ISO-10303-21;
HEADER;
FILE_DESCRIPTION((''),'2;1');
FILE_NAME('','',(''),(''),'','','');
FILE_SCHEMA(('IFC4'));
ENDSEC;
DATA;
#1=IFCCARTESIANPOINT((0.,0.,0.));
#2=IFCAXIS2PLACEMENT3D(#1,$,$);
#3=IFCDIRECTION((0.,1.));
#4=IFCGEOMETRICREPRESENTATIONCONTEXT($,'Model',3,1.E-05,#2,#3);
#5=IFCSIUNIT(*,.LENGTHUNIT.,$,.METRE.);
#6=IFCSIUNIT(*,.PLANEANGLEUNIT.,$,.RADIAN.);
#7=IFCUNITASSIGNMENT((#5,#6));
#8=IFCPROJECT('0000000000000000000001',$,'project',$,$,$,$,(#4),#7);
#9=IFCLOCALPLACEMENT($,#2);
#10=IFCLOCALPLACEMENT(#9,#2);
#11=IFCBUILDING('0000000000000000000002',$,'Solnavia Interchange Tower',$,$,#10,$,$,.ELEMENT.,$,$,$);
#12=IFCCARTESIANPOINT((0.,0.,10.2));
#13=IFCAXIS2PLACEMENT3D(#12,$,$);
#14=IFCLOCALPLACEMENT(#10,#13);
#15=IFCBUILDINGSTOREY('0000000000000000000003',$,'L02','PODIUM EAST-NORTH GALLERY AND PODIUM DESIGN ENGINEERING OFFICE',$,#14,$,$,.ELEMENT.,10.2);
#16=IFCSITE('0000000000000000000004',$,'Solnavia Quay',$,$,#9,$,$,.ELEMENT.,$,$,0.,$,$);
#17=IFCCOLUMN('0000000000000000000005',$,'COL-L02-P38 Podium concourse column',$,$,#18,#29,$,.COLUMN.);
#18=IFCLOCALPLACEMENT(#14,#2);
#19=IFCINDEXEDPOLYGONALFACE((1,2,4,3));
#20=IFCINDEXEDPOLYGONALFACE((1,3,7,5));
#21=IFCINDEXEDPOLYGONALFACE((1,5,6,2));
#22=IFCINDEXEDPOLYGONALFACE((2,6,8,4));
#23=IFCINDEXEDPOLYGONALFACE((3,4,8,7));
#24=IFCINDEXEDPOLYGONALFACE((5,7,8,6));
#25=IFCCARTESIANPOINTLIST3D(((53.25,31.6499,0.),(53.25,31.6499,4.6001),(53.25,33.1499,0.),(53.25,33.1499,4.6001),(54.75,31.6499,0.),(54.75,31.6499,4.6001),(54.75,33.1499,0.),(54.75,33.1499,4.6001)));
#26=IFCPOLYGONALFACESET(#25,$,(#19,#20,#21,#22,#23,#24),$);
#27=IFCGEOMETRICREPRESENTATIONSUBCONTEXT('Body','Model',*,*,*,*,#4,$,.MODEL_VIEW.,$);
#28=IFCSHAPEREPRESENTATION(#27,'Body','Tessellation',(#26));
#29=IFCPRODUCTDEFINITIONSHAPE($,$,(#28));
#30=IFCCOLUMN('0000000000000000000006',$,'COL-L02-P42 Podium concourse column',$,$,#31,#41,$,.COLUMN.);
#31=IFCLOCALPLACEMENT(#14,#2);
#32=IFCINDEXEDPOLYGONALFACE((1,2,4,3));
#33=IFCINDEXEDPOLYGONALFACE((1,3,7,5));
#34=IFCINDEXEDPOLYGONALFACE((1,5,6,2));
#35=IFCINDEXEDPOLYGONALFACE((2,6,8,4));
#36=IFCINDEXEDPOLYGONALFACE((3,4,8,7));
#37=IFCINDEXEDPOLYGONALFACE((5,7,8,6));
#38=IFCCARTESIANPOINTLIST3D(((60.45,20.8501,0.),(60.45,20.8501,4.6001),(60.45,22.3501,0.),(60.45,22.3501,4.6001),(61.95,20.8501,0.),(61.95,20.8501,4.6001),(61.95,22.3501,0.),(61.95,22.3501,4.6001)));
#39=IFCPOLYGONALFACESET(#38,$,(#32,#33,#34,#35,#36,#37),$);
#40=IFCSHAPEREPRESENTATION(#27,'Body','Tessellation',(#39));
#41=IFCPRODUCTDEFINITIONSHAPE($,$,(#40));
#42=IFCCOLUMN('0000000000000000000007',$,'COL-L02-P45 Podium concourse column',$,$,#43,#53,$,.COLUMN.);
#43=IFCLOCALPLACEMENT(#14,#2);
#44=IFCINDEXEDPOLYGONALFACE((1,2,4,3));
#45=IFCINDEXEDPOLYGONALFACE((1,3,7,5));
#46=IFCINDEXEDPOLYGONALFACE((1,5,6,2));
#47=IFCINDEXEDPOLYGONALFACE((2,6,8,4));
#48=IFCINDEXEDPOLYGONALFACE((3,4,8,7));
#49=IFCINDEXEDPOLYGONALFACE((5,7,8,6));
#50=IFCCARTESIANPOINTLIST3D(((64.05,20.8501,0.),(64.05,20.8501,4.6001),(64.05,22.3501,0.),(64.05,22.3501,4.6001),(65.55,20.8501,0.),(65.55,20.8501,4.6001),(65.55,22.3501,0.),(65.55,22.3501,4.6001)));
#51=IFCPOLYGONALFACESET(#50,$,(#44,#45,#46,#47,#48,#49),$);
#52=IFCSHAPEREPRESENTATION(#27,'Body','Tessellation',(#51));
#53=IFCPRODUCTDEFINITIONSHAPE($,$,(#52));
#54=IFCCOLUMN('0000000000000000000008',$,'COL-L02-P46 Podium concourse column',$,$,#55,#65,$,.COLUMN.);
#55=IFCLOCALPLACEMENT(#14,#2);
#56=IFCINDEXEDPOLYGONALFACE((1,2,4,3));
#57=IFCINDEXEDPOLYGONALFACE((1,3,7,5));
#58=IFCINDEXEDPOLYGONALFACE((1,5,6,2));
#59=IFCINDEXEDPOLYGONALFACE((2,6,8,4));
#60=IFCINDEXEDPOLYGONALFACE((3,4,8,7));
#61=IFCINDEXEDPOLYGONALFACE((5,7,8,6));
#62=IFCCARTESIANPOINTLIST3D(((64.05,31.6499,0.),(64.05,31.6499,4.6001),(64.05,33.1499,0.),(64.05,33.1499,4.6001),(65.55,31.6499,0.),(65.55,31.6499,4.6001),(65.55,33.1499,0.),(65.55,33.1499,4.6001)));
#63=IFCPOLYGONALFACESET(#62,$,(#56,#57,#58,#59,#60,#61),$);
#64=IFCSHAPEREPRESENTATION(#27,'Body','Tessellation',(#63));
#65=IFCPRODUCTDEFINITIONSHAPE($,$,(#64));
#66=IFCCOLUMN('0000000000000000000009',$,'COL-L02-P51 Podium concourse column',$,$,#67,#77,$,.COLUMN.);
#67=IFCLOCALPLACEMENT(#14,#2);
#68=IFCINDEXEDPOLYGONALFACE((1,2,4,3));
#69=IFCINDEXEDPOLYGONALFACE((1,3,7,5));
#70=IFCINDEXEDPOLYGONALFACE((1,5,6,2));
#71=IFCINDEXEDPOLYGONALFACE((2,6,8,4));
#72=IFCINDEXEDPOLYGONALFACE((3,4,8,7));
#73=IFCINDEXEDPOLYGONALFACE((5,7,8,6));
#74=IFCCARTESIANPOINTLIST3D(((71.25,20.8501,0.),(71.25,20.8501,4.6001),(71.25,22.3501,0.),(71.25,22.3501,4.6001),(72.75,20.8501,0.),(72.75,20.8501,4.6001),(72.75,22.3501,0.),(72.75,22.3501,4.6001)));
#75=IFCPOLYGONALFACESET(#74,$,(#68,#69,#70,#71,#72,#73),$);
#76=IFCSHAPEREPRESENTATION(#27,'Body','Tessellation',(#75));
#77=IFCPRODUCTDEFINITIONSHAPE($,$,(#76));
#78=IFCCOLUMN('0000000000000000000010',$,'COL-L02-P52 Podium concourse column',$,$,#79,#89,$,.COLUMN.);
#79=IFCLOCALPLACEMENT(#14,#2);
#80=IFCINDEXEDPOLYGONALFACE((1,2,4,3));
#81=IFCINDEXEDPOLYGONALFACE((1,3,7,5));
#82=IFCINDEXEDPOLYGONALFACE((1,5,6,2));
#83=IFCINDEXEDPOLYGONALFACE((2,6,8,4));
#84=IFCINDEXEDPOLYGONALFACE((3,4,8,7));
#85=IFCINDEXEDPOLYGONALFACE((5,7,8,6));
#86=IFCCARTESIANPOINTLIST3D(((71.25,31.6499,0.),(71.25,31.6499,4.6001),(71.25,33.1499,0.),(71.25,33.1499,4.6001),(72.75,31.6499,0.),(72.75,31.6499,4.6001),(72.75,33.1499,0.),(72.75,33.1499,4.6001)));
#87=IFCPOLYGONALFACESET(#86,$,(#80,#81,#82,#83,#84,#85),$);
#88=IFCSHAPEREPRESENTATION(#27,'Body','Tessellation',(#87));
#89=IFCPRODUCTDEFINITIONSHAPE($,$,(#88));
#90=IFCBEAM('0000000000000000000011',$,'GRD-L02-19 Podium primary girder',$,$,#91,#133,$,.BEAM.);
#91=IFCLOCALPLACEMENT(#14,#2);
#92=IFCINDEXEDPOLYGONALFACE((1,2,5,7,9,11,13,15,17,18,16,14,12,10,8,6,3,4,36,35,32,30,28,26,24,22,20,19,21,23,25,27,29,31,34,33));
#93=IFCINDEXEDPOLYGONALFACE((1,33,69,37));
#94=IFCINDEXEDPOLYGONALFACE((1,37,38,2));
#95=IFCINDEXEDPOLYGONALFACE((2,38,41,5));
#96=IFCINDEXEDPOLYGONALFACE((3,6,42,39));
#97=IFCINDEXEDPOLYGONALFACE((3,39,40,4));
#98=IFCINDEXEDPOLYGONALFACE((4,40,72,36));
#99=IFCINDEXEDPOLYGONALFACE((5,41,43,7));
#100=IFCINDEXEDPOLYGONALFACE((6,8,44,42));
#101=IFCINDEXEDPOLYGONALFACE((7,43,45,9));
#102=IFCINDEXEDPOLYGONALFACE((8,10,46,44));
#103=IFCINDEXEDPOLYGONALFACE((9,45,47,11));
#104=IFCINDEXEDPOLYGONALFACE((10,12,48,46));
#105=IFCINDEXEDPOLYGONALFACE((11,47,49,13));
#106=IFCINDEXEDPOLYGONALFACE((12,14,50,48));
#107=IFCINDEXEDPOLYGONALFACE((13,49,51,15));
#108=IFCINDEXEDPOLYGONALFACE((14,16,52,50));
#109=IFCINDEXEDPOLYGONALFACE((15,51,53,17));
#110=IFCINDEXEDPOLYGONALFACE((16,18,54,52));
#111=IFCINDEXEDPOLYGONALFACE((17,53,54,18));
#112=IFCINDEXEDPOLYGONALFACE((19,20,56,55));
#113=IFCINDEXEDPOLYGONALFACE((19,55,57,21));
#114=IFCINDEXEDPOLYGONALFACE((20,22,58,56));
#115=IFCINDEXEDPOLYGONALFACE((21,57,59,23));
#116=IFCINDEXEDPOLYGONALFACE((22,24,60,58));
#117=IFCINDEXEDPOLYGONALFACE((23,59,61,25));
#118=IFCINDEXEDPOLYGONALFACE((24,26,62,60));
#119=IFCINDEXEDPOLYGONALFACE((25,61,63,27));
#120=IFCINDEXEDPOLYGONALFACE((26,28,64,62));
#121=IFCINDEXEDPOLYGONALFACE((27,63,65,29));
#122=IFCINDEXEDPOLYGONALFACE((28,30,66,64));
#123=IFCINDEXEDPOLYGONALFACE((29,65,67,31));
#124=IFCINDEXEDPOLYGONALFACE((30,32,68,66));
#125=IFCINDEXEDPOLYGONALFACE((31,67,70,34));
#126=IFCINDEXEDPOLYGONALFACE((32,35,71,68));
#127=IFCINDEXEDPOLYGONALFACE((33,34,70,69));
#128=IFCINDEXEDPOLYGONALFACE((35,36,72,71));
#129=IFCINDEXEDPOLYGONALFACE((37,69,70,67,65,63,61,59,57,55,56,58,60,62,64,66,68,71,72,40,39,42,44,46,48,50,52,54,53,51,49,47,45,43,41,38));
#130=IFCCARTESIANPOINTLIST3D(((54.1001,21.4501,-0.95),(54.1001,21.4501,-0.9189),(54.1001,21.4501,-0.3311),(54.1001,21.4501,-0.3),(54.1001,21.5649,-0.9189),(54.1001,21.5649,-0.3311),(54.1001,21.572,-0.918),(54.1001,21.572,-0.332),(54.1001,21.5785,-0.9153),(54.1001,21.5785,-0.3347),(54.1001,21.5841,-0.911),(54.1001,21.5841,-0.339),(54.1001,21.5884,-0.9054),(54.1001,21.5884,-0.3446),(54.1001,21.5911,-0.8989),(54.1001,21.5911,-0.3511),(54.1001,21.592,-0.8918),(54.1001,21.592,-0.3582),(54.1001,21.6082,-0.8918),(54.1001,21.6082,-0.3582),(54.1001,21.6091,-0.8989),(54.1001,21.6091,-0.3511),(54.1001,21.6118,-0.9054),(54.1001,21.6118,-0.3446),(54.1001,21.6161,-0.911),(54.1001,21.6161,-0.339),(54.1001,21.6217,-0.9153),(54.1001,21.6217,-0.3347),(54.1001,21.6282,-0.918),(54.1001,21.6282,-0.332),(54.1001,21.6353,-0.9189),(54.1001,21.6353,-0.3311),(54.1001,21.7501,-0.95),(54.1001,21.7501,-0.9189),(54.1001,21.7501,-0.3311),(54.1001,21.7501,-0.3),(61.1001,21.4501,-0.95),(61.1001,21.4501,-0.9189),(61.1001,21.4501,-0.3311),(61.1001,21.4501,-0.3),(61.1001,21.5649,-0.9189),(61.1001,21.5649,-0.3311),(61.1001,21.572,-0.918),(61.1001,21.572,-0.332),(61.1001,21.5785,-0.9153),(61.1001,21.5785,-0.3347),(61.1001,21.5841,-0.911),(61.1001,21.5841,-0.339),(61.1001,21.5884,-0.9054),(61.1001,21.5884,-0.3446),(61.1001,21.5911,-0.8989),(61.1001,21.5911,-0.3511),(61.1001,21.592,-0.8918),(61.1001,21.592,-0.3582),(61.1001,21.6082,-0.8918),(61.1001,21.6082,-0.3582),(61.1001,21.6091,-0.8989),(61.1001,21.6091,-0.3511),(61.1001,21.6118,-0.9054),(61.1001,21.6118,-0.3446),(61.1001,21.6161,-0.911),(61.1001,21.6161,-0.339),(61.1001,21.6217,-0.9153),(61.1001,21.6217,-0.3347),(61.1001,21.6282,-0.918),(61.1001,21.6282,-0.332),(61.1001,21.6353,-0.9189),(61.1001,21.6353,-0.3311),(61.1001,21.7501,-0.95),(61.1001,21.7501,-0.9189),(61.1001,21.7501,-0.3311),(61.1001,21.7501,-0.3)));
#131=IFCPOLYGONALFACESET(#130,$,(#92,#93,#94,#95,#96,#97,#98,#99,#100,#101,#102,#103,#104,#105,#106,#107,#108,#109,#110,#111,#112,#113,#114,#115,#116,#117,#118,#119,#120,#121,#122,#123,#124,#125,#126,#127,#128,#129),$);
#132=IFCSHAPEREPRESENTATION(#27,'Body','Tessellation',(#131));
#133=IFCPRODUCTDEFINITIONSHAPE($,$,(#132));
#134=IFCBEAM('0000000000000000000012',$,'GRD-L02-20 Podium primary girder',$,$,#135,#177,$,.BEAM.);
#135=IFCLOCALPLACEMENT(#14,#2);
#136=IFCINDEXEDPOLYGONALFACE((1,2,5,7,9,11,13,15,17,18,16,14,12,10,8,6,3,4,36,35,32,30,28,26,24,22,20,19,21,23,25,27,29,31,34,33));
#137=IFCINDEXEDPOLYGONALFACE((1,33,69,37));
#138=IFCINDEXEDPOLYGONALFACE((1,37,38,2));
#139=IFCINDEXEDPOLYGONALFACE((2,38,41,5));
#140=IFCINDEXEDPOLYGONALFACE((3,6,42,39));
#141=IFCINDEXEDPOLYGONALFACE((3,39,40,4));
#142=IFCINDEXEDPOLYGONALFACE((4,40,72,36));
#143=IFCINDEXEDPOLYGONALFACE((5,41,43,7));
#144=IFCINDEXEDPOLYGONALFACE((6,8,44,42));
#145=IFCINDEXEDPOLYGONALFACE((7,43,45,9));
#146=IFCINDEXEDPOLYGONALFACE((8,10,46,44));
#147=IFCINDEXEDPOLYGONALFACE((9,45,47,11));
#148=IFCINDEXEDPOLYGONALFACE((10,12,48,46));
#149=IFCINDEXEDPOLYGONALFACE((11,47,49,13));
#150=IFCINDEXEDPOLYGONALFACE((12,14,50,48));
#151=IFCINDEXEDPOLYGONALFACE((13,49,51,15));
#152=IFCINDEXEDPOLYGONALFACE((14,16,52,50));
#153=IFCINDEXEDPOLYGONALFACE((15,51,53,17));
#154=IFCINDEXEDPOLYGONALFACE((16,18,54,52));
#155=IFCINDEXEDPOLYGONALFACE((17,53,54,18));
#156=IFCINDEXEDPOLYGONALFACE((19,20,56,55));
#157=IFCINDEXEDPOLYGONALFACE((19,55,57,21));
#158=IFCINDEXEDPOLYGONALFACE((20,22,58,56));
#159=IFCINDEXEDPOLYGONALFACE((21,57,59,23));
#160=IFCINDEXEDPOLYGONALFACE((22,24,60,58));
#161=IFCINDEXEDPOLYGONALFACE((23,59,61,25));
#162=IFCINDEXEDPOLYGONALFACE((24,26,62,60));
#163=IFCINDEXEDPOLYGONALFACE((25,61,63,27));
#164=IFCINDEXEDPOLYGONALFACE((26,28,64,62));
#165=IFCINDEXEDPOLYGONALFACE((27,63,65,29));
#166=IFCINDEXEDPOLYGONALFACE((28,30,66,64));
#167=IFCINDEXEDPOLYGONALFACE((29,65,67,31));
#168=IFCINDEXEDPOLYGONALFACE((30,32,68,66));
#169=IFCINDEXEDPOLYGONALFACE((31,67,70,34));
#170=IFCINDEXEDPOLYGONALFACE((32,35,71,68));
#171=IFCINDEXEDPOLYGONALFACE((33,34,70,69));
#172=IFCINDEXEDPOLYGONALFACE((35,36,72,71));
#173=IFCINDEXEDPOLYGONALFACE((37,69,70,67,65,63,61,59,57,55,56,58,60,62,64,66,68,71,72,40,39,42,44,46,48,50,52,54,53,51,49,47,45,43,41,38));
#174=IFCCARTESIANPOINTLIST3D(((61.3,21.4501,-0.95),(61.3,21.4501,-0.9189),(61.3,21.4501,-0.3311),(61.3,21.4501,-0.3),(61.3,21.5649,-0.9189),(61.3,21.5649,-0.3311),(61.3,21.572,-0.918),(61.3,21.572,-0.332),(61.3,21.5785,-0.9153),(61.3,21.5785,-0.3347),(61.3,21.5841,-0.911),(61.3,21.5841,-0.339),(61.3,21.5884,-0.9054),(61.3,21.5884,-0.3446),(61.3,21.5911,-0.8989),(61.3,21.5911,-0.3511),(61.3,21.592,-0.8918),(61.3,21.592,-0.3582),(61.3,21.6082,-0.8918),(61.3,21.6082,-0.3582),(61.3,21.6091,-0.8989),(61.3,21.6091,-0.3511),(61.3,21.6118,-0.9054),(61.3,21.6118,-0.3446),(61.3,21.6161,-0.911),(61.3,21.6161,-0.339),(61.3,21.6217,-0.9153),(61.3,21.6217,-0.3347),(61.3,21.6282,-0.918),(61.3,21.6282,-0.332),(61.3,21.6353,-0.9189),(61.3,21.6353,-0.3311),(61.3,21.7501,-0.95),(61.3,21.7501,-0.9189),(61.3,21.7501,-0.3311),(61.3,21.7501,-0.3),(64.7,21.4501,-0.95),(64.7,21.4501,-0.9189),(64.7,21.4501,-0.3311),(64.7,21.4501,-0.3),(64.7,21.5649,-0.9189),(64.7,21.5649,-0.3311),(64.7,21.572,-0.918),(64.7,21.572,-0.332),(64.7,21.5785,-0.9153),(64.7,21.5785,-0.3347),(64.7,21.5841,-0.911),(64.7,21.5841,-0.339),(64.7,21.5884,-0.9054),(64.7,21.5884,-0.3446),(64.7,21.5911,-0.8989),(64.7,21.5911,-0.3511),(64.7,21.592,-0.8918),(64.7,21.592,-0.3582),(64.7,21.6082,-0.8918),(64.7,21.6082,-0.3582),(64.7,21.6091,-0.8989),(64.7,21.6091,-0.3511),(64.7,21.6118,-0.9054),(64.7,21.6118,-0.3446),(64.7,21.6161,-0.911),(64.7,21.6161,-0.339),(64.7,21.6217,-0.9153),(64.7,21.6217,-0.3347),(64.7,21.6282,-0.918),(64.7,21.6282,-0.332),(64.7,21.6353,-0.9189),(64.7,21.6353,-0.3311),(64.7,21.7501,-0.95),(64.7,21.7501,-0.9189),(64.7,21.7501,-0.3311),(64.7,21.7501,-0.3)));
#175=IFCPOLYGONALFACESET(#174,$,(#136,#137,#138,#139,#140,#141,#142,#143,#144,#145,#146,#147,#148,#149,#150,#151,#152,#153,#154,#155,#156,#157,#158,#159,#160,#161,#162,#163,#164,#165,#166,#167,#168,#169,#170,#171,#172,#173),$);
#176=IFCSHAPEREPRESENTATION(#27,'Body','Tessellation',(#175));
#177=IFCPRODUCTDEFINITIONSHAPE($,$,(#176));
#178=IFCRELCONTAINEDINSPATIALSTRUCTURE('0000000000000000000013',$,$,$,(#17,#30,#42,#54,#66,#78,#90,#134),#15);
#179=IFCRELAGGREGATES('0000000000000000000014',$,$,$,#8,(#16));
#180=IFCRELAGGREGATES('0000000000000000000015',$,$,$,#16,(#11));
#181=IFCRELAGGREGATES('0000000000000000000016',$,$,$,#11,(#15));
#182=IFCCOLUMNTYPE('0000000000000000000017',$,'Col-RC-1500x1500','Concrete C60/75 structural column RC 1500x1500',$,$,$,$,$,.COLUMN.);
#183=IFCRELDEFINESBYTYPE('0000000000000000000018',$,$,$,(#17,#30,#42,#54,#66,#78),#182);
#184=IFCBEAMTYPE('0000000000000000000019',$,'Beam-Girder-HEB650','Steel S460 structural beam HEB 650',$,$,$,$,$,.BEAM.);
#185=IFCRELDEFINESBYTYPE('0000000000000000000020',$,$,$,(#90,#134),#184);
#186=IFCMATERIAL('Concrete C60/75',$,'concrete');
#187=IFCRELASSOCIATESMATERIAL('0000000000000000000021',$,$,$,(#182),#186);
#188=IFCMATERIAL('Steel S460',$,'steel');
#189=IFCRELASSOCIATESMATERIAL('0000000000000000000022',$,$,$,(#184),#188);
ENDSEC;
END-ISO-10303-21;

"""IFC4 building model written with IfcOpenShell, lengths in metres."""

from ifc_helpers import new_model, si_unit, direction, frame, origin, origin_2d, place, context, subcontext, project, spatial, rectangle, i_section, extrude, material, material_profile, profile_set, type_object, element, save


model = new_model("IFC4")

# Units and contexts
model_context = context("Model", 3, precision=1e-05, world=origin(), true_north=direction((0.0, 1.0)))
body_context = subcontext(model_context, "Body", "Model", "MODEL_VIEW")
ifc_project = project(units=[si_unit("LENGTHUNIT", "METRE"), si_unit("PLANEANGLEUNIT", "RADIAN")], contexts=[model_context])

# Site, building, storey
site_placement = place(None, origin())
site = spatial("IfcSite", under=ifc_project, at=site_placement, Name="Solnavia Quay", CompositionType="ELEMENT", RefElevation=0.0)
building_placement = place(site_placement, origin())
building = spatial("IfcBuilding", under=site, at=building_placement, Name="Solnavia Interchange Tower", CompositionType="ELEMENT")
storey_placement = place(building_placement, frame((0.0, 0.0, 10.2)))
storey = spatial("IfcBuildingStorey", under=building, at=storey_placement, Name="L02", Description="PODIUM EAST-NORTH GALLERY AND PODIUM DESIGN ENGINEERING OFFICE", CompositionType="ELEMENT", Elevation=10.2)

# Columns
ifc_material_1 = material(Name="Concrete C60/75", Category="concrete")
ifc_material_profile_1 = material_profile(ifc_material_1, rectangle(XDim=1.5, YDim=1.5, at=origin_2d()), Name="RC 1500x1500")
ifc_profile_set_1 = profile_set([ifc_material_profile_1], Name="Concrete C60/75")
column_type = type_object("IfcColumnType", Name="Col-RC-1500x1500", Description="Concrete C60/75 structural column RC 1500x1500", PredefinedType="COLUMN", material=ifc_profile_set_1)
for number, where, z_axis, x_axis, name in (
    (1, (54.0, 32.3999, 0.0), (0.0, 0.0, 1.0), (1.0, 0.0, 0.0), "COL-L02-P38 Podium concourse column"),
    (2, (61.2, 21.6001, 0.0), (0.0, 0.0, 1.0), (1.0, 0.0, 0.0), "COL-L02-P42 Podium concourse column"),
    (3, (64.8, 21.6001, 0.0), (0.0, 0.0, 1.0), (1.0, 0.0, 0.0), "COL-L02-P45 Podium concourse column"),
    (4, (64.8, 32.3999, 0.0), (0.0, 0.0, 1.0), (1.0, 0.0, 0.0), "COL-L02-P46 Podium concourse column"),
    (5, (72.0, 21.6001, 0.0), (0.0, 0.0, 1.0), (1.0, 0.0, 0.0), "COL-L02-P51 Podium concourse column"),
    (6, (72.0, 32.3999, 0.0), (0.0, 0.0, 1.0), (1.0, 0.0, 0.0), "COL-L02-P52 Podium concourse column"),
):
    element("IfcColumn", number, at=place(storey_placement, frame(where, z_axis=z_axis, x_axis=x_axis)), inside=storey, type_object=column_type, Name=name, PredefinedType="COLUMN", context=body_context, shape_type="SweptSolid", body=[
        extrude(rectangle(XDim=1.5, YDim=1.5, at=origin_2d()), origin(), (0.0, 0.0, 1.0), 4.6001),
    ])

# Beams
ifc_material_2 = material(Name="Steel S460", Category="steel")
ifc_material_profile_2 = material_profile(ifc_material_2, i_section(OverallWidth=0.3, OverallDepth=0.6499, WebThickness=0.0161, FlangeThickness=0.031, FilletRadius=0.0271, at=origin_2d()), Name="HEB 650")
ifc_profile_set_2 = profile_set([ifc_material_profile_2], Name="Steel S460")
beam_type_1 = type_object("IfcBeamType", Name="Beam-Girder-HEB650", Description="Steel S460 structural beam HEB 650", PredefinedType="BEAM", material=ifc_profile_set_2)
beam_1_placement = place(storey_placement, frame((54.1001, 21.6001, -0.625), z_axis=(1.0, 0.0, 0.0), x_axis=(0.0, 1.0, 0.0)))
element("IfcBeam", 7, at=beam_1_placement, inside=storey, type_object=beam_type_1, Name="GRD-L02-19 Podium primary girder", PredefinedType="BEAM", context=body_context, shape_type="SweptSolid", body=[
    extrude(i_section(OverallWidth=0.3, OverallDepth=0.6499, WebThickness=0.0161, FlangeThickness=0.031, FilletRadius=0.0271, at=origin_2d()), origin(), (0.0, 0.0, 1.0), 7.0),
])
beam_2_placement = place(storey_placement, frame((61.3, 21.6001, -0.625), z_axis=(1.0, 0.0, 0.0), x_axis=(0.0, 1.0, 0.0)))
element("IfcBeam", 8, at=beam_2_placement, inside=storey, type_object=beam_type_1, Name="GRD-L02-20 Podium primary girder", PredefinedType="BEAM", context=body_context, shape_type="SweptSolid", body=[
    extrude(i_section(OverallWidth=0.3, OverallDepth=0.6499, WebThickness=0.0161, FlangeThickness=0.031, FilletRadius=0.0271, at=origin_2d()), origin(), (0.0, 0.0, 1.0), 3.3999),
])

save(model, "model.ifc")
